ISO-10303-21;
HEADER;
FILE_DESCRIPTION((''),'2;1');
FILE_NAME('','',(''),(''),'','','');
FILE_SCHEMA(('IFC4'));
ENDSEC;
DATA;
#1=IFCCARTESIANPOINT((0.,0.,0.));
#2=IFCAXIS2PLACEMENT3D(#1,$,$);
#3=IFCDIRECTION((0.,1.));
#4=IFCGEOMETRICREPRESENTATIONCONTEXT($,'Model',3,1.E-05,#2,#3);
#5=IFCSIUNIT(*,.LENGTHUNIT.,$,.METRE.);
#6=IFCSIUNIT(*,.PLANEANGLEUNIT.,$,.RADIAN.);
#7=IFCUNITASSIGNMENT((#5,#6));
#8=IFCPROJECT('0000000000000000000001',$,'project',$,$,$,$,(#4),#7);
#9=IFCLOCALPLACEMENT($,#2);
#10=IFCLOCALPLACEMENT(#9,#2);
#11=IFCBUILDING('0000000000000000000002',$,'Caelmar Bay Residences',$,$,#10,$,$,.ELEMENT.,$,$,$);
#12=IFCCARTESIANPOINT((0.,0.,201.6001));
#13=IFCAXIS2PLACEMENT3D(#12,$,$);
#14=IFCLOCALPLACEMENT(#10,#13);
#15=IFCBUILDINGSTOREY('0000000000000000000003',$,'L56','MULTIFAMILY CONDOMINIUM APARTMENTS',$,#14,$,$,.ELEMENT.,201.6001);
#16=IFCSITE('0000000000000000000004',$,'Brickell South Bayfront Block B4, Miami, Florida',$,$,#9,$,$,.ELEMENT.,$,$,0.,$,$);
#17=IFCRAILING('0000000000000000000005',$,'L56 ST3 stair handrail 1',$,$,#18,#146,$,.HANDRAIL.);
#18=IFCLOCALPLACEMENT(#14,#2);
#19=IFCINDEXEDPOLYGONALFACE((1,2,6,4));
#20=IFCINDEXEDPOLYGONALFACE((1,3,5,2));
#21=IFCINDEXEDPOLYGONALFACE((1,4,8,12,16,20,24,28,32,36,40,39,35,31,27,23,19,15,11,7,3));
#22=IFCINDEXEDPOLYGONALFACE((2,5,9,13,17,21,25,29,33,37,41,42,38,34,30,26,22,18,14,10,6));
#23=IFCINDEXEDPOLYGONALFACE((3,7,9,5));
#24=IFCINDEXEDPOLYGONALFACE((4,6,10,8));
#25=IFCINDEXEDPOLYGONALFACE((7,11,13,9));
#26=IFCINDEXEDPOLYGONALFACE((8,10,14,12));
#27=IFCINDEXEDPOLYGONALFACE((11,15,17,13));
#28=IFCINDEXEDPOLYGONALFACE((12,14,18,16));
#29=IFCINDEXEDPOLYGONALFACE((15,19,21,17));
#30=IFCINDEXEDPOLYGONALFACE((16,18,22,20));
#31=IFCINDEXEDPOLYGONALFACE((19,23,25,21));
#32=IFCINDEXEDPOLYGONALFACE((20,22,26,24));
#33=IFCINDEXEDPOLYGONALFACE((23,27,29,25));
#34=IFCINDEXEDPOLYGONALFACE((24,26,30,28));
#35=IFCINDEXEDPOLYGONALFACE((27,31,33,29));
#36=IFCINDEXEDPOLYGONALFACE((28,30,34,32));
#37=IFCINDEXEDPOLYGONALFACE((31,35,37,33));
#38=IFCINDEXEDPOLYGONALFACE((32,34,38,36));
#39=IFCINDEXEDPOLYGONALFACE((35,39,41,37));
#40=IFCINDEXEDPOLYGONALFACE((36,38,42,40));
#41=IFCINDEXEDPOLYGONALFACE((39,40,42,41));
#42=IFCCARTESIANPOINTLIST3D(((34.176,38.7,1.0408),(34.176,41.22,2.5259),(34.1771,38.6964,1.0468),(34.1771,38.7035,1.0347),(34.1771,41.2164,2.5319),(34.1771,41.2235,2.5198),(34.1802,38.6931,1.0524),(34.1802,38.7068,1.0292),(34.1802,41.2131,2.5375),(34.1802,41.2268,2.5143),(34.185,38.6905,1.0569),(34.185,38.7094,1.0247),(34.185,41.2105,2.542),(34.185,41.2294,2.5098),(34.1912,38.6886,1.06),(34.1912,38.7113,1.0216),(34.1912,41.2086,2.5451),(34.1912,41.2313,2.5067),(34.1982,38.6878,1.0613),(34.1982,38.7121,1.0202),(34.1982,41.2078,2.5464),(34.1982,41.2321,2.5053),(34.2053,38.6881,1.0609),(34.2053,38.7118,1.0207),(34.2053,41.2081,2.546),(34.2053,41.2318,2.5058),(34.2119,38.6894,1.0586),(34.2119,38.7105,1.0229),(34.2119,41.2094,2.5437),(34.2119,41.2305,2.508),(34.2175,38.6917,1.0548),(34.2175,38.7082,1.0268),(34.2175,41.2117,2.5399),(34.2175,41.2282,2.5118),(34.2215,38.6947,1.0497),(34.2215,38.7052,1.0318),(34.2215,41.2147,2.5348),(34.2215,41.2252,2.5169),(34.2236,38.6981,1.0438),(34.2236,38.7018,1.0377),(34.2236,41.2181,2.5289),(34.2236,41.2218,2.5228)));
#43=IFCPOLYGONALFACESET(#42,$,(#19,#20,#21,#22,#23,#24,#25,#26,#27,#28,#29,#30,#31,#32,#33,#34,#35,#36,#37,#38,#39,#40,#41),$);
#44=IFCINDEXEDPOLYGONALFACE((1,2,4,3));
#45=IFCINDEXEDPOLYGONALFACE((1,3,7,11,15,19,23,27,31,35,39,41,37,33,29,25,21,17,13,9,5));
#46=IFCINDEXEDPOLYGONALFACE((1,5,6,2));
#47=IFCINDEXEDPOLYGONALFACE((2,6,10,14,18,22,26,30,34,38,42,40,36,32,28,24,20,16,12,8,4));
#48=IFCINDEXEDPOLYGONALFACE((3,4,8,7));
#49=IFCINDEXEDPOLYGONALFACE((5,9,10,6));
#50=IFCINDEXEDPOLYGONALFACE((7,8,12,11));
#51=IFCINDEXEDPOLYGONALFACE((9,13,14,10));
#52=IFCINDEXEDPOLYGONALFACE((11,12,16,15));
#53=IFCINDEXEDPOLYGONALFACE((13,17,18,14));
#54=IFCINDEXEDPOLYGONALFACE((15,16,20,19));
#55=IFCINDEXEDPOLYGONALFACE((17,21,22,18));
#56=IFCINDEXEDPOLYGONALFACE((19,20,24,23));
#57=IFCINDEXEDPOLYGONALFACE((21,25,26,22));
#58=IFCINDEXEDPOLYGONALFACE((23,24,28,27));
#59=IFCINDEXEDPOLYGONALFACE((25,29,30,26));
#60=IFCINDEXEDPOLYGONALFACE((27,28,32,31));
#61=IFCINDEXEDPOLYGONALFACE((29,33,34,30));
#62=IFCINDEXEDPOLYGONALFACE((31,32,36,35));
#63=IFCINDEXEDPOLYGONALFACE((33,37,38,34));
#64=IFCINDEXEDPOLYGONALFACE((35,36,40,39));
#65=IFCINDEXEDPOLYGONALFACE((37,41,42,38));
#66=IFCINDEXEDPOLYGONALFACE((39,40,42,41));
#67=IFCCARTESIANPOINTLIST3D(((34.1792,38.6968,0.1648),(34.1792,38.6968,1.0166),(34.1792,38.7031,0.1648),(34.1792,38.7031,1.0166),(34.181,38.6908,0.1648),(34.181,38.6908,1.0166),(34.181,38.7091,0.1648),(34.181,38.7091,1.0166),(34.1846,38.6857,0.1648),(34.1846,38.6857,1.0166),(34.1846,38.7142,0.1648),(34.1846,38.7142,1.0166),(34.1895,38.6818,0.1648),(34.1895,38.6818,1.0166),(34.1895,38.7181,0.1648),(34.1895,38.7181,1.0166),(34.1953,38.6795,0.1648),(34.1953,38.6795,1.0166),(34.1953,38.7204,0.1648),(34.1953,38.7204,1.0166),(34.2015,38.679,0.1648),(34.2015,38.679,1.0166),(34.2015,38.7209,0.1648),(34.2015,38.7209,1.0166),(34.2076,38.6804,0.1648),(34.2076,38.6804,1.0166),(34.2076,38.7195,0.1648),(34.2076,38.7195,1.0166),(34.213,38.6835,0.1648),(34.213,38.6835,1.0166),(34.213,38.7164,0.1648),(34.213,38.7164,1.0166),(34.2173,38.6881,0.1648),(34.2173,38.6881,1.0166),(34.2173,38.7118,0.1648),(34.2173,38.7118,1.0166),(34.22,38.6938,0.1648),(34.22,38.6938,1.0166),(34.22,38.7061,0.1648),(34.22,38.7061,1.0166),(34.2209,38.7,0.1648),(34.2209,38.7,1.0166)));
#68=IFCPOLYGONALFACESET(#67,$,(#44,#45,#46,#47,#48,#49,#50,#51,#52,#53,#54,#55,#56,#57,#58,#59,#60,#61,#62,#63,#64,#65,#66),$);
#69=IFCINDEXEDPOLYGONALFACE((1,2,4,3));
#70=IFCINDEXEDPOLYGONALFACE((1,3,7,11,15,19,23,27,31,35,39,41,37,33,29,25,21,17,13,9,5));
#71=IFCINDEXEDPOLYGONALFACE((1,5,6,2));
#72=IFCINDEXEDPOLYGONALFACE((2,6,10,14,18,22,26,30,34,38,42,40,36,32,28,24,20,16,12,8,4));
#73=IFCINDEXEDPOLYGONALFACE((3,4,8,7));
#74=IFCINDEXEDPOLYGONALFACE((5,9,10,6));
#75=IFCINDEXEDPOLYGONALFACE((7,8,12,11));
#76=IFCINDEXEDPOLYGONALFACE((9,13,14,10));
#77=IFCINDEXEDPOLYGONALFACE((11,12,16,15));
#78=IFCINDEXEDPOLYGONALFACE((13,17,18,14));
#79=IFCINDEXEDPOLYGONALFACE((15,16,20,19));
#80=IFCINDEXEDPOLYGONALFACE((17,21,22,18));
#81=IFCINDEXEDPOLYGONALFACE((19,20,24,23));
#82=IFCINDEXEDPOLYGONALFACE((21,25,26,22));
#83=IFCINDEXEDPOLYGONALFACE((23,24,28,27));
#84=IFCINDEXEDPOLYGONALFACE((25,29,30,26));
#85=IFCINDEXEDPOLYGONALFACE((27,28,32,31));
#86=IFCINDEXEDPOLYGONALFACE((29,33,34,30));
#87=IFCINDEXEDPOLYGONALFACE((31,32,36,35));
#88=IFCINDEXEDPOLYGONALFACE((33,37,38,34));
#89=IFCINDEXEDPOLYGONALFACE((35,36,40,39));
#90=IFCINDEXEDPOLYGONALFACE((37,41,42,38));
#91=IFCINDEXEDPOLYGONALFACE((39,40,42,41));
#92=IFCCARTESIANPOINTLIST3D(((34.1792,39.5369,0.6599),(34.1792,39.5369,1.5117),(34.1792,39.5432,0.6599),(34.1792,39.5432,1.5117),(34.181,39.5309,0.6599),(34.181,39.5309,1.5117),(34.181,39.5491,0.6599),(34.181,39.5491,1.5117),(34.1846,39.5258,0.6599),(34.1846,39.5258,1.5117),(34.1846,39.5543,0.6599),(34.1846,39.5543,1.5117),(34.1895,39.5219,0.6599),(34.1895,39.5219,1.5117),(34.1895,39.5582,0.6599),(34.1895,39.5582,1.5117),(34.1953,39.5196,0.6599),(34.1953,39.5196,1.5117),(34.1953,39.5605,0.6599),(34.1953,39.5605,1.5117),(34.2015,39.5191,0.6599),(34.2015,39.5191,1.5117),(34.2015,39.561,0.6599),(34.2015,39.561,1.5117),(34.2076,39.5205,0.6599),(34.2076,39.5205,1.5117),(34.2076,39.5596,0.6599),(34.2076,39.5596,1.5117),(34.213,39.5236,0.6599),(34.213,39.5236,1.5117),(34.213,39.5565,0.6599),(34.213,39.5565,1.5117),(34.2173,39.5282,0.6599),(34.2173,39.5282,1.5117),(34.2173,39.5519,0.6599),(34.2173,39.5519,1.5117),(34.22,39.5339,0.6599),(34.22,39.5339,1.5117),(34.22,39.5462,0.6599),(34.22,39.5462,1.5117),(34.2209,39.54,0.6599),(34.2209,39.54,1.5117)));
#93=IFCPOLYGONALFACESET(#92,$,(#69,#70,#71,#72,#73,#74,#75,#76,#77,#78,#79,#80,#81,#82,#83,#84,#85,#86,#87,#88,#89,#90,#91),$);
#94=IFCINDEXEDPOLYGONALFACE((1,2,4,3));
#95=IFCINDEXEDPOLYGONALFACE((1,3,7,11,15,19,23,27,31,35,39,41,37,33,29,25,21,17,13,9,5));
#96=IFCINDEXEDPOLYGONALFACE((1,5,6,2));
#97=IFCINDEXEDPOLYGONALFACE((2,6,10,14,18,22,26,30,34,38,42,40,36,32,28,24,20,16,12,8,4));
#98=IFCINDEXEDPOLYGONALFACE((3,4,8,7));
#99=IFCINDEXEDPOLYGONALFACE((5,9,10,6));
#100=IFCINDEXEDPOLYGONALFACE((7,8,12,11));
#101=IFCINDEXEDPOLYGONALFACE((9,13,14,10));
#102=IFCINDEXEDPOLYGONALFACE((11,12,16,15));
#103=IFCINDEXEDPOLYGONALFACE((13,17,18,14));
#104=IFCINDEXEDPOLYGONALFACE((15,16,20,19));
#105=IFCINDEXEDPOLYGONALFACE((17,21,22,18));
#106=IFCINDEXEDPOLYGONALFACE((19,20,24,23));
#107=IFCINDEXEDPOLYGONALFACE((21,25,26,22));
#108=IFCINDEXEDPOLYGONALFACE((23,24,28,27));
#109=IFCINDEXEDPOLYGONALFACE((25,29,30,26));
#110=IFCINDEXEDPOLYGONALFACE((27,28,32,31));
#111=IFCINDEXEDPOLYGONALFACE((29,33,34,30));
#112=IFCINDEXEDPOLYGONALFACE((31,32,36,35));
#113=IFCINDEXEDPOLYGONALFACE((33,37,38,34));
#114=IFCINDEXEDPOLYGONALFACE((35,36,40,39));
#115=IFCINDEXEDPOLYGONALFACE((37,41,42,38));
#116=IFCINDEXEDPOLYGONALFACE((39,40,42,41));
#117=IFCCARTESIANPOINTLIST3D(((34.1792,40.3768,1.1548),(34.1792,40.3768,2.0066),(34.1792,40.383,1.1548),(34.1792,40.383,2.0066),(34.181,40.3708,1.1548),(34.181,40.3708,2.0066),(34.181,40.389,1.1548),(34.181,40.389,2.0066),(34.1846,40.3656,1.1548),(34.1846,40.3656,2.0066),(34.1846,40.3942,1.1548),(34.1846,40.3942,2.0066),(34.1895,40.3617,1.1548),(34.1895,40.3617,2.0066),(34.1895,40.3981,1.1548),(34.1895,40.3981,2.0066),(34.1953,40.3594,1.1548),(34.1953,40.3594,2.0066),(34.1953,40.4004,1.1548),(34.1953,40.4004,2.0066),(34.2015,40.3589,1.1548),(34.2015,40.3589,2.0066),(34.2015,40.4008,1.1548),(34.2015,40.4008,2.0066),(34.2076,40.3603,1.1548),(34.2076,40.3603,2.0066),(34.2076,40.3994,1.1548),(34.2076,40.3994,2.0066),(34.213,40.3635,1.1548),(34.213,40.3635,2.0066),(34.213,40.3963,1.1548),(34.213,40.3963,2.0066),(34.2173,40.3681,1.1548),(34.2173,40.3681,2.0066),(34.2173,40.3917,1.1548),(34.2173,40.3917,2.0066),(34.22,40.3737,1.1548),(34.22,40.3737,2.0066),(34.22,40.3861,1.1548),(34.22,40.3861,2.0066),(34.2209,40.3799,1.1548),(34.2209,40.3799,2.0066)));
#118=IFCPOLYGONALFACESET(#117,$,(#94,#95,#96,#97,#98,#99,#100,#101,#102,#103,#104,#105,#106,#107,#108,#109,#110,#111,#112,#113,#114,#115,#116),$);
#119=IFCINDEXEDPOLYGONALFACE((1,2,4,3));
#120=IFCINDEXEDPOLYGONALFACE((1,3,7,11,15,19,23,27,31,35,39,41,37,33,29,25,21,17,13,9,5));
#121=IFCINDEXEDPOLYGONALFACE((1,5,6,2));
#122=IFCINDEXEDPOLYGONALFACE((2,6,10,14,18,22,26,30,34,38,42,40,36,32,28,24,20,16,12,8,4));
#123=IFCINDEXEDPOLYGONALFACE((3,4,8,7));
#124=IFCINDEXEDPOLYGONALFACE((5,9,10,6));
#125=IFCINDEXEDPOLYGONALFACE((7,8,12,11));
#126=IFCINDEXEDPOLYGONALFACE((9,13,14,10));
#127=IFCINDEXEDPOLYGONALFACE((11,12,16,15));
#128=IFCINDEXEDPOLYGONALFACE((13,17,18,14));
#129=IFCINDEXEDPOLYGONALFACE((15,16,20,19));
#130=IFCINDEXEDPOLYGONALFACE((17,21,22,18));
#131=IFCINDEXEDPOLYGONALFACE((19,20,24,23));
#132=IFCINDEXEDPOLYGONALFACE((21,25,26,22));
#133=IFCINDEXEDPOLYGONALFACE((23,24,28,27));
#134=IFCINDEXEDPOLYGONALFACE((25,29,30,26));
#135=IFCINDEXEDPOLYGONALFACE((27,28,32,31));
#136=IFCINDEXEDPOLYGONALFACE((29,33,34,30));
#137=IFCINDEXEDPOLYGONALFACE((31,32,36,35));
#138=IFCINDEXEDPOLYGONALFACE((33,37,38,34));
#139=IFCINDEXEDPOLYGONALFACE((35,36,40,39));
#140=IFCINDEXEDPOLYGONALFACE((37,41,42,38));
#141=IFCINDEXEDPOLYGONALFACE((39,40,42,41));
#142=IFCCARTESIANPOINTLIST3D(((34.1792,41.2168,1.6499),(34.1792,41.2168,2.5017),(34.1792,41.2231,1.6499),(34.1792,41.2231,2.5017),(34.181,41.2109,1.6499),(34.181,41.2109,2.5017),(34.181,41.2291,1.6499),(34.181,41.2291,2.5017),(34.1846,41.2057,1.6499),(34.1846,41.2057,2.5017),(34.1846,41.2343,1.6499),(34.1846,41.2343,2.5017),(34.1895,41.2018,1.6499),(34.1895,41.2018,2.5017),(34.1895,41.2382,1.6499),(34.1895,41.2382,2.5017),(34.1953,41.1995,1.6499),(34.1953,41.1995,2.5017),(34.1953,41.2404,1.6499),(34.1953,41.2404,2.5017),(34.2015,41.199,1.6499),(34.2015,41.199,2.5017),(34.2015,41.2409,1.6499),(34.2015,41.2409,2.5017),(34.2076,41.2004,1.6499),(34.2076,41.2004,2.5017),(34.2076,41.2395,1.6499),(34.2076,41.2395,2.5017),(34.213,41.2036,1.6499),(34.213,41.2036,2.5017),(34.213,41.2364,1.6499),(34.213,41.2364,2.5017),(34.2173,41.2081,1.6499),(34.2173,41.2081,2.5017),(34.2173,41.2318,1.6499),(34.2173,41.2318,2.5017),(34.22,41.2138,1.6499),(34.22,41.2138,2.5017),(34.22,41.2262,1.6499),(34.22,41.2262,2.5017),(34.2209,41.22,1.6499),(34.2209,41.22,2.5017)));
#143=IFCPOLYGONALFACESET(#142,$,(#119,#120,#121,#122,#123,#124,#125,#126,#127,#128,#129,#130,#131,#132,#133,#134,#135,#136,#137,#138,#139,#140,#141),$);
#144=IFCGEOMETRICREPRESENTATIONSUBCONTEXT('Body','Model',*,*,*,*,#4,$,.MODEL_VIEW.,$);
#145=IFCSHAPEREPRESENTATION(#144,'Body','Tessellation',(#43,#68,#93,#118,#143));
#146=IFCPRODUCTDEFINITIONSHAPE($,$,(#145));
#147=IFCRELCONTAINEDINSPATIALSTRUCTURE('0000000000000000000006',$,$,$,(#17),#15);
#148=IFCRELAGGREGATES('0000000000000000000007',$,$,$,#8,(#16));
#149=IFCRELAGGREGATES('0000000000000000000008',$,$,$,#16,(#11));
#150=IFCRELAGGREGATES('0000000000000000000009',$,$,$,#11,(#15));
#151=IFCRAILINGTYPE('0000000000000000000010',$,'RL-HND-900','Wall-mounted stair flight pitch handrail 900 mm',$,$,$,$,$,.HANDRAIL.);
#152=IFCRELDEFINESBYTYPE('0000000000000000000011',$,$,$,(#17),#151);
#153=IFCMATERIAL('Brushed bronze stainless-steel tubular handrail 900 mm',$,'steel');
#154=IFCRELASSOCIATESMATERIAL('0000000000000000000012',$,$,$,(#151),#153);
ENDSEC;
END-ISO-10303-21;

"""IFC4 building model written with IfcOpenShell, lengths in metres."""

from ifc_helpers import new_model, si_unit, direction, frame, origin, origin_2d, place, context, subcontext, project, spatial, circle, extrude, material, type_object, element, save


model = new_model("IFC4")

# Units and contexts
model_context = context("Model", 3, precision=1e-05, world=origin(), true_north=direction((0.0, 1.0)))
body_context = subcontext(model_context, "Body", "Model", "MODEL_VIEW")
ifc_project = project(units=[si_unit("LENGTHUNIT", "METRE"), si_unit("PLANEANGLEUNIT", "RADIAN")], contexts=[model_context])

# Site, building, storey
site_placement = place(None, origin())
site = spatial("IfcSite", under=ifc_project, at=site_placement, Name="Brickell South Bayfront Block B4, Miami, Florida", CompositionType="ELEMENT", RefElevation=0.0)
building_placement = place(site_placement, origin())
building = spatial("IfcBuilding", under=site, at=building_placement, Name="Caelmar Bay Residences", CompositionType="ELEMENT")
storey_placement = place(building_placement, frame((0.0, 0.0, 201.6001)))
storey = spatial("IfcBuildingStorey", under=building, at=storey_placement, Name="L56", Description="MULTIFAMILY CONDOMINIUM APARTMENTS", CompositionType="ELEMENT", Elevation=201.6001)

# Railing
ifc_material_1 = material(Name="Brushed bronze stainless-steel tubular handrail 900 mm", Category="steel")
railing_type_1 = type_object("IfcRailingType", Name="RL-HND-900", Description="Wall-mounted stair flight pitch handrail 900 mm", PredefinedType="HANDRAIL", material=ifc_material_1)
railing_1_placement = place(storey_placement, frame((34.2, 38.7, 0.1648)))
element("IfcRailing", 1, at=railing_1_placement, inside=storey, type_object=railing_type_1, Name="L56 ST3 stair handrail 1", PredefinedType="HANDRAIL", context=body_context, shape_type="SweptSolid", body=[
    extrude(circle(Radius=0.0239, at=origin_2d()), frame((0.0, 0.0, 0.876), z_axis=(0.0, 0.861524, 0.507717), x_axis=(-1.0, 0.0, 0.0)), (0.0, 0.0, 1.0), 2.925),
    extrude(circle(Radius=0.021, at=origin_2d()), origin(), (0.0, 0.0, 1.0), 0.8518),
    extrude(circle(Radius=0.021, at=origin_2d()), frame((0.0, 0.8401, 0.4951)), (0.0, 0.0, 1.0), 0.8518),
    extrude(circle(Radius=0.021, at=origin_2d()), frame((0.0, 1.6799, 0.99)), (0.0, 0.0, 1.0), 0.8518),
    extrude(circle(Radius=0.021, at=origin_2d()), frame((0.0, 2.52, 1.4851)), (0.0, 0.0, 1.0), 0.8518),
])

save(model, "model.ifc")
